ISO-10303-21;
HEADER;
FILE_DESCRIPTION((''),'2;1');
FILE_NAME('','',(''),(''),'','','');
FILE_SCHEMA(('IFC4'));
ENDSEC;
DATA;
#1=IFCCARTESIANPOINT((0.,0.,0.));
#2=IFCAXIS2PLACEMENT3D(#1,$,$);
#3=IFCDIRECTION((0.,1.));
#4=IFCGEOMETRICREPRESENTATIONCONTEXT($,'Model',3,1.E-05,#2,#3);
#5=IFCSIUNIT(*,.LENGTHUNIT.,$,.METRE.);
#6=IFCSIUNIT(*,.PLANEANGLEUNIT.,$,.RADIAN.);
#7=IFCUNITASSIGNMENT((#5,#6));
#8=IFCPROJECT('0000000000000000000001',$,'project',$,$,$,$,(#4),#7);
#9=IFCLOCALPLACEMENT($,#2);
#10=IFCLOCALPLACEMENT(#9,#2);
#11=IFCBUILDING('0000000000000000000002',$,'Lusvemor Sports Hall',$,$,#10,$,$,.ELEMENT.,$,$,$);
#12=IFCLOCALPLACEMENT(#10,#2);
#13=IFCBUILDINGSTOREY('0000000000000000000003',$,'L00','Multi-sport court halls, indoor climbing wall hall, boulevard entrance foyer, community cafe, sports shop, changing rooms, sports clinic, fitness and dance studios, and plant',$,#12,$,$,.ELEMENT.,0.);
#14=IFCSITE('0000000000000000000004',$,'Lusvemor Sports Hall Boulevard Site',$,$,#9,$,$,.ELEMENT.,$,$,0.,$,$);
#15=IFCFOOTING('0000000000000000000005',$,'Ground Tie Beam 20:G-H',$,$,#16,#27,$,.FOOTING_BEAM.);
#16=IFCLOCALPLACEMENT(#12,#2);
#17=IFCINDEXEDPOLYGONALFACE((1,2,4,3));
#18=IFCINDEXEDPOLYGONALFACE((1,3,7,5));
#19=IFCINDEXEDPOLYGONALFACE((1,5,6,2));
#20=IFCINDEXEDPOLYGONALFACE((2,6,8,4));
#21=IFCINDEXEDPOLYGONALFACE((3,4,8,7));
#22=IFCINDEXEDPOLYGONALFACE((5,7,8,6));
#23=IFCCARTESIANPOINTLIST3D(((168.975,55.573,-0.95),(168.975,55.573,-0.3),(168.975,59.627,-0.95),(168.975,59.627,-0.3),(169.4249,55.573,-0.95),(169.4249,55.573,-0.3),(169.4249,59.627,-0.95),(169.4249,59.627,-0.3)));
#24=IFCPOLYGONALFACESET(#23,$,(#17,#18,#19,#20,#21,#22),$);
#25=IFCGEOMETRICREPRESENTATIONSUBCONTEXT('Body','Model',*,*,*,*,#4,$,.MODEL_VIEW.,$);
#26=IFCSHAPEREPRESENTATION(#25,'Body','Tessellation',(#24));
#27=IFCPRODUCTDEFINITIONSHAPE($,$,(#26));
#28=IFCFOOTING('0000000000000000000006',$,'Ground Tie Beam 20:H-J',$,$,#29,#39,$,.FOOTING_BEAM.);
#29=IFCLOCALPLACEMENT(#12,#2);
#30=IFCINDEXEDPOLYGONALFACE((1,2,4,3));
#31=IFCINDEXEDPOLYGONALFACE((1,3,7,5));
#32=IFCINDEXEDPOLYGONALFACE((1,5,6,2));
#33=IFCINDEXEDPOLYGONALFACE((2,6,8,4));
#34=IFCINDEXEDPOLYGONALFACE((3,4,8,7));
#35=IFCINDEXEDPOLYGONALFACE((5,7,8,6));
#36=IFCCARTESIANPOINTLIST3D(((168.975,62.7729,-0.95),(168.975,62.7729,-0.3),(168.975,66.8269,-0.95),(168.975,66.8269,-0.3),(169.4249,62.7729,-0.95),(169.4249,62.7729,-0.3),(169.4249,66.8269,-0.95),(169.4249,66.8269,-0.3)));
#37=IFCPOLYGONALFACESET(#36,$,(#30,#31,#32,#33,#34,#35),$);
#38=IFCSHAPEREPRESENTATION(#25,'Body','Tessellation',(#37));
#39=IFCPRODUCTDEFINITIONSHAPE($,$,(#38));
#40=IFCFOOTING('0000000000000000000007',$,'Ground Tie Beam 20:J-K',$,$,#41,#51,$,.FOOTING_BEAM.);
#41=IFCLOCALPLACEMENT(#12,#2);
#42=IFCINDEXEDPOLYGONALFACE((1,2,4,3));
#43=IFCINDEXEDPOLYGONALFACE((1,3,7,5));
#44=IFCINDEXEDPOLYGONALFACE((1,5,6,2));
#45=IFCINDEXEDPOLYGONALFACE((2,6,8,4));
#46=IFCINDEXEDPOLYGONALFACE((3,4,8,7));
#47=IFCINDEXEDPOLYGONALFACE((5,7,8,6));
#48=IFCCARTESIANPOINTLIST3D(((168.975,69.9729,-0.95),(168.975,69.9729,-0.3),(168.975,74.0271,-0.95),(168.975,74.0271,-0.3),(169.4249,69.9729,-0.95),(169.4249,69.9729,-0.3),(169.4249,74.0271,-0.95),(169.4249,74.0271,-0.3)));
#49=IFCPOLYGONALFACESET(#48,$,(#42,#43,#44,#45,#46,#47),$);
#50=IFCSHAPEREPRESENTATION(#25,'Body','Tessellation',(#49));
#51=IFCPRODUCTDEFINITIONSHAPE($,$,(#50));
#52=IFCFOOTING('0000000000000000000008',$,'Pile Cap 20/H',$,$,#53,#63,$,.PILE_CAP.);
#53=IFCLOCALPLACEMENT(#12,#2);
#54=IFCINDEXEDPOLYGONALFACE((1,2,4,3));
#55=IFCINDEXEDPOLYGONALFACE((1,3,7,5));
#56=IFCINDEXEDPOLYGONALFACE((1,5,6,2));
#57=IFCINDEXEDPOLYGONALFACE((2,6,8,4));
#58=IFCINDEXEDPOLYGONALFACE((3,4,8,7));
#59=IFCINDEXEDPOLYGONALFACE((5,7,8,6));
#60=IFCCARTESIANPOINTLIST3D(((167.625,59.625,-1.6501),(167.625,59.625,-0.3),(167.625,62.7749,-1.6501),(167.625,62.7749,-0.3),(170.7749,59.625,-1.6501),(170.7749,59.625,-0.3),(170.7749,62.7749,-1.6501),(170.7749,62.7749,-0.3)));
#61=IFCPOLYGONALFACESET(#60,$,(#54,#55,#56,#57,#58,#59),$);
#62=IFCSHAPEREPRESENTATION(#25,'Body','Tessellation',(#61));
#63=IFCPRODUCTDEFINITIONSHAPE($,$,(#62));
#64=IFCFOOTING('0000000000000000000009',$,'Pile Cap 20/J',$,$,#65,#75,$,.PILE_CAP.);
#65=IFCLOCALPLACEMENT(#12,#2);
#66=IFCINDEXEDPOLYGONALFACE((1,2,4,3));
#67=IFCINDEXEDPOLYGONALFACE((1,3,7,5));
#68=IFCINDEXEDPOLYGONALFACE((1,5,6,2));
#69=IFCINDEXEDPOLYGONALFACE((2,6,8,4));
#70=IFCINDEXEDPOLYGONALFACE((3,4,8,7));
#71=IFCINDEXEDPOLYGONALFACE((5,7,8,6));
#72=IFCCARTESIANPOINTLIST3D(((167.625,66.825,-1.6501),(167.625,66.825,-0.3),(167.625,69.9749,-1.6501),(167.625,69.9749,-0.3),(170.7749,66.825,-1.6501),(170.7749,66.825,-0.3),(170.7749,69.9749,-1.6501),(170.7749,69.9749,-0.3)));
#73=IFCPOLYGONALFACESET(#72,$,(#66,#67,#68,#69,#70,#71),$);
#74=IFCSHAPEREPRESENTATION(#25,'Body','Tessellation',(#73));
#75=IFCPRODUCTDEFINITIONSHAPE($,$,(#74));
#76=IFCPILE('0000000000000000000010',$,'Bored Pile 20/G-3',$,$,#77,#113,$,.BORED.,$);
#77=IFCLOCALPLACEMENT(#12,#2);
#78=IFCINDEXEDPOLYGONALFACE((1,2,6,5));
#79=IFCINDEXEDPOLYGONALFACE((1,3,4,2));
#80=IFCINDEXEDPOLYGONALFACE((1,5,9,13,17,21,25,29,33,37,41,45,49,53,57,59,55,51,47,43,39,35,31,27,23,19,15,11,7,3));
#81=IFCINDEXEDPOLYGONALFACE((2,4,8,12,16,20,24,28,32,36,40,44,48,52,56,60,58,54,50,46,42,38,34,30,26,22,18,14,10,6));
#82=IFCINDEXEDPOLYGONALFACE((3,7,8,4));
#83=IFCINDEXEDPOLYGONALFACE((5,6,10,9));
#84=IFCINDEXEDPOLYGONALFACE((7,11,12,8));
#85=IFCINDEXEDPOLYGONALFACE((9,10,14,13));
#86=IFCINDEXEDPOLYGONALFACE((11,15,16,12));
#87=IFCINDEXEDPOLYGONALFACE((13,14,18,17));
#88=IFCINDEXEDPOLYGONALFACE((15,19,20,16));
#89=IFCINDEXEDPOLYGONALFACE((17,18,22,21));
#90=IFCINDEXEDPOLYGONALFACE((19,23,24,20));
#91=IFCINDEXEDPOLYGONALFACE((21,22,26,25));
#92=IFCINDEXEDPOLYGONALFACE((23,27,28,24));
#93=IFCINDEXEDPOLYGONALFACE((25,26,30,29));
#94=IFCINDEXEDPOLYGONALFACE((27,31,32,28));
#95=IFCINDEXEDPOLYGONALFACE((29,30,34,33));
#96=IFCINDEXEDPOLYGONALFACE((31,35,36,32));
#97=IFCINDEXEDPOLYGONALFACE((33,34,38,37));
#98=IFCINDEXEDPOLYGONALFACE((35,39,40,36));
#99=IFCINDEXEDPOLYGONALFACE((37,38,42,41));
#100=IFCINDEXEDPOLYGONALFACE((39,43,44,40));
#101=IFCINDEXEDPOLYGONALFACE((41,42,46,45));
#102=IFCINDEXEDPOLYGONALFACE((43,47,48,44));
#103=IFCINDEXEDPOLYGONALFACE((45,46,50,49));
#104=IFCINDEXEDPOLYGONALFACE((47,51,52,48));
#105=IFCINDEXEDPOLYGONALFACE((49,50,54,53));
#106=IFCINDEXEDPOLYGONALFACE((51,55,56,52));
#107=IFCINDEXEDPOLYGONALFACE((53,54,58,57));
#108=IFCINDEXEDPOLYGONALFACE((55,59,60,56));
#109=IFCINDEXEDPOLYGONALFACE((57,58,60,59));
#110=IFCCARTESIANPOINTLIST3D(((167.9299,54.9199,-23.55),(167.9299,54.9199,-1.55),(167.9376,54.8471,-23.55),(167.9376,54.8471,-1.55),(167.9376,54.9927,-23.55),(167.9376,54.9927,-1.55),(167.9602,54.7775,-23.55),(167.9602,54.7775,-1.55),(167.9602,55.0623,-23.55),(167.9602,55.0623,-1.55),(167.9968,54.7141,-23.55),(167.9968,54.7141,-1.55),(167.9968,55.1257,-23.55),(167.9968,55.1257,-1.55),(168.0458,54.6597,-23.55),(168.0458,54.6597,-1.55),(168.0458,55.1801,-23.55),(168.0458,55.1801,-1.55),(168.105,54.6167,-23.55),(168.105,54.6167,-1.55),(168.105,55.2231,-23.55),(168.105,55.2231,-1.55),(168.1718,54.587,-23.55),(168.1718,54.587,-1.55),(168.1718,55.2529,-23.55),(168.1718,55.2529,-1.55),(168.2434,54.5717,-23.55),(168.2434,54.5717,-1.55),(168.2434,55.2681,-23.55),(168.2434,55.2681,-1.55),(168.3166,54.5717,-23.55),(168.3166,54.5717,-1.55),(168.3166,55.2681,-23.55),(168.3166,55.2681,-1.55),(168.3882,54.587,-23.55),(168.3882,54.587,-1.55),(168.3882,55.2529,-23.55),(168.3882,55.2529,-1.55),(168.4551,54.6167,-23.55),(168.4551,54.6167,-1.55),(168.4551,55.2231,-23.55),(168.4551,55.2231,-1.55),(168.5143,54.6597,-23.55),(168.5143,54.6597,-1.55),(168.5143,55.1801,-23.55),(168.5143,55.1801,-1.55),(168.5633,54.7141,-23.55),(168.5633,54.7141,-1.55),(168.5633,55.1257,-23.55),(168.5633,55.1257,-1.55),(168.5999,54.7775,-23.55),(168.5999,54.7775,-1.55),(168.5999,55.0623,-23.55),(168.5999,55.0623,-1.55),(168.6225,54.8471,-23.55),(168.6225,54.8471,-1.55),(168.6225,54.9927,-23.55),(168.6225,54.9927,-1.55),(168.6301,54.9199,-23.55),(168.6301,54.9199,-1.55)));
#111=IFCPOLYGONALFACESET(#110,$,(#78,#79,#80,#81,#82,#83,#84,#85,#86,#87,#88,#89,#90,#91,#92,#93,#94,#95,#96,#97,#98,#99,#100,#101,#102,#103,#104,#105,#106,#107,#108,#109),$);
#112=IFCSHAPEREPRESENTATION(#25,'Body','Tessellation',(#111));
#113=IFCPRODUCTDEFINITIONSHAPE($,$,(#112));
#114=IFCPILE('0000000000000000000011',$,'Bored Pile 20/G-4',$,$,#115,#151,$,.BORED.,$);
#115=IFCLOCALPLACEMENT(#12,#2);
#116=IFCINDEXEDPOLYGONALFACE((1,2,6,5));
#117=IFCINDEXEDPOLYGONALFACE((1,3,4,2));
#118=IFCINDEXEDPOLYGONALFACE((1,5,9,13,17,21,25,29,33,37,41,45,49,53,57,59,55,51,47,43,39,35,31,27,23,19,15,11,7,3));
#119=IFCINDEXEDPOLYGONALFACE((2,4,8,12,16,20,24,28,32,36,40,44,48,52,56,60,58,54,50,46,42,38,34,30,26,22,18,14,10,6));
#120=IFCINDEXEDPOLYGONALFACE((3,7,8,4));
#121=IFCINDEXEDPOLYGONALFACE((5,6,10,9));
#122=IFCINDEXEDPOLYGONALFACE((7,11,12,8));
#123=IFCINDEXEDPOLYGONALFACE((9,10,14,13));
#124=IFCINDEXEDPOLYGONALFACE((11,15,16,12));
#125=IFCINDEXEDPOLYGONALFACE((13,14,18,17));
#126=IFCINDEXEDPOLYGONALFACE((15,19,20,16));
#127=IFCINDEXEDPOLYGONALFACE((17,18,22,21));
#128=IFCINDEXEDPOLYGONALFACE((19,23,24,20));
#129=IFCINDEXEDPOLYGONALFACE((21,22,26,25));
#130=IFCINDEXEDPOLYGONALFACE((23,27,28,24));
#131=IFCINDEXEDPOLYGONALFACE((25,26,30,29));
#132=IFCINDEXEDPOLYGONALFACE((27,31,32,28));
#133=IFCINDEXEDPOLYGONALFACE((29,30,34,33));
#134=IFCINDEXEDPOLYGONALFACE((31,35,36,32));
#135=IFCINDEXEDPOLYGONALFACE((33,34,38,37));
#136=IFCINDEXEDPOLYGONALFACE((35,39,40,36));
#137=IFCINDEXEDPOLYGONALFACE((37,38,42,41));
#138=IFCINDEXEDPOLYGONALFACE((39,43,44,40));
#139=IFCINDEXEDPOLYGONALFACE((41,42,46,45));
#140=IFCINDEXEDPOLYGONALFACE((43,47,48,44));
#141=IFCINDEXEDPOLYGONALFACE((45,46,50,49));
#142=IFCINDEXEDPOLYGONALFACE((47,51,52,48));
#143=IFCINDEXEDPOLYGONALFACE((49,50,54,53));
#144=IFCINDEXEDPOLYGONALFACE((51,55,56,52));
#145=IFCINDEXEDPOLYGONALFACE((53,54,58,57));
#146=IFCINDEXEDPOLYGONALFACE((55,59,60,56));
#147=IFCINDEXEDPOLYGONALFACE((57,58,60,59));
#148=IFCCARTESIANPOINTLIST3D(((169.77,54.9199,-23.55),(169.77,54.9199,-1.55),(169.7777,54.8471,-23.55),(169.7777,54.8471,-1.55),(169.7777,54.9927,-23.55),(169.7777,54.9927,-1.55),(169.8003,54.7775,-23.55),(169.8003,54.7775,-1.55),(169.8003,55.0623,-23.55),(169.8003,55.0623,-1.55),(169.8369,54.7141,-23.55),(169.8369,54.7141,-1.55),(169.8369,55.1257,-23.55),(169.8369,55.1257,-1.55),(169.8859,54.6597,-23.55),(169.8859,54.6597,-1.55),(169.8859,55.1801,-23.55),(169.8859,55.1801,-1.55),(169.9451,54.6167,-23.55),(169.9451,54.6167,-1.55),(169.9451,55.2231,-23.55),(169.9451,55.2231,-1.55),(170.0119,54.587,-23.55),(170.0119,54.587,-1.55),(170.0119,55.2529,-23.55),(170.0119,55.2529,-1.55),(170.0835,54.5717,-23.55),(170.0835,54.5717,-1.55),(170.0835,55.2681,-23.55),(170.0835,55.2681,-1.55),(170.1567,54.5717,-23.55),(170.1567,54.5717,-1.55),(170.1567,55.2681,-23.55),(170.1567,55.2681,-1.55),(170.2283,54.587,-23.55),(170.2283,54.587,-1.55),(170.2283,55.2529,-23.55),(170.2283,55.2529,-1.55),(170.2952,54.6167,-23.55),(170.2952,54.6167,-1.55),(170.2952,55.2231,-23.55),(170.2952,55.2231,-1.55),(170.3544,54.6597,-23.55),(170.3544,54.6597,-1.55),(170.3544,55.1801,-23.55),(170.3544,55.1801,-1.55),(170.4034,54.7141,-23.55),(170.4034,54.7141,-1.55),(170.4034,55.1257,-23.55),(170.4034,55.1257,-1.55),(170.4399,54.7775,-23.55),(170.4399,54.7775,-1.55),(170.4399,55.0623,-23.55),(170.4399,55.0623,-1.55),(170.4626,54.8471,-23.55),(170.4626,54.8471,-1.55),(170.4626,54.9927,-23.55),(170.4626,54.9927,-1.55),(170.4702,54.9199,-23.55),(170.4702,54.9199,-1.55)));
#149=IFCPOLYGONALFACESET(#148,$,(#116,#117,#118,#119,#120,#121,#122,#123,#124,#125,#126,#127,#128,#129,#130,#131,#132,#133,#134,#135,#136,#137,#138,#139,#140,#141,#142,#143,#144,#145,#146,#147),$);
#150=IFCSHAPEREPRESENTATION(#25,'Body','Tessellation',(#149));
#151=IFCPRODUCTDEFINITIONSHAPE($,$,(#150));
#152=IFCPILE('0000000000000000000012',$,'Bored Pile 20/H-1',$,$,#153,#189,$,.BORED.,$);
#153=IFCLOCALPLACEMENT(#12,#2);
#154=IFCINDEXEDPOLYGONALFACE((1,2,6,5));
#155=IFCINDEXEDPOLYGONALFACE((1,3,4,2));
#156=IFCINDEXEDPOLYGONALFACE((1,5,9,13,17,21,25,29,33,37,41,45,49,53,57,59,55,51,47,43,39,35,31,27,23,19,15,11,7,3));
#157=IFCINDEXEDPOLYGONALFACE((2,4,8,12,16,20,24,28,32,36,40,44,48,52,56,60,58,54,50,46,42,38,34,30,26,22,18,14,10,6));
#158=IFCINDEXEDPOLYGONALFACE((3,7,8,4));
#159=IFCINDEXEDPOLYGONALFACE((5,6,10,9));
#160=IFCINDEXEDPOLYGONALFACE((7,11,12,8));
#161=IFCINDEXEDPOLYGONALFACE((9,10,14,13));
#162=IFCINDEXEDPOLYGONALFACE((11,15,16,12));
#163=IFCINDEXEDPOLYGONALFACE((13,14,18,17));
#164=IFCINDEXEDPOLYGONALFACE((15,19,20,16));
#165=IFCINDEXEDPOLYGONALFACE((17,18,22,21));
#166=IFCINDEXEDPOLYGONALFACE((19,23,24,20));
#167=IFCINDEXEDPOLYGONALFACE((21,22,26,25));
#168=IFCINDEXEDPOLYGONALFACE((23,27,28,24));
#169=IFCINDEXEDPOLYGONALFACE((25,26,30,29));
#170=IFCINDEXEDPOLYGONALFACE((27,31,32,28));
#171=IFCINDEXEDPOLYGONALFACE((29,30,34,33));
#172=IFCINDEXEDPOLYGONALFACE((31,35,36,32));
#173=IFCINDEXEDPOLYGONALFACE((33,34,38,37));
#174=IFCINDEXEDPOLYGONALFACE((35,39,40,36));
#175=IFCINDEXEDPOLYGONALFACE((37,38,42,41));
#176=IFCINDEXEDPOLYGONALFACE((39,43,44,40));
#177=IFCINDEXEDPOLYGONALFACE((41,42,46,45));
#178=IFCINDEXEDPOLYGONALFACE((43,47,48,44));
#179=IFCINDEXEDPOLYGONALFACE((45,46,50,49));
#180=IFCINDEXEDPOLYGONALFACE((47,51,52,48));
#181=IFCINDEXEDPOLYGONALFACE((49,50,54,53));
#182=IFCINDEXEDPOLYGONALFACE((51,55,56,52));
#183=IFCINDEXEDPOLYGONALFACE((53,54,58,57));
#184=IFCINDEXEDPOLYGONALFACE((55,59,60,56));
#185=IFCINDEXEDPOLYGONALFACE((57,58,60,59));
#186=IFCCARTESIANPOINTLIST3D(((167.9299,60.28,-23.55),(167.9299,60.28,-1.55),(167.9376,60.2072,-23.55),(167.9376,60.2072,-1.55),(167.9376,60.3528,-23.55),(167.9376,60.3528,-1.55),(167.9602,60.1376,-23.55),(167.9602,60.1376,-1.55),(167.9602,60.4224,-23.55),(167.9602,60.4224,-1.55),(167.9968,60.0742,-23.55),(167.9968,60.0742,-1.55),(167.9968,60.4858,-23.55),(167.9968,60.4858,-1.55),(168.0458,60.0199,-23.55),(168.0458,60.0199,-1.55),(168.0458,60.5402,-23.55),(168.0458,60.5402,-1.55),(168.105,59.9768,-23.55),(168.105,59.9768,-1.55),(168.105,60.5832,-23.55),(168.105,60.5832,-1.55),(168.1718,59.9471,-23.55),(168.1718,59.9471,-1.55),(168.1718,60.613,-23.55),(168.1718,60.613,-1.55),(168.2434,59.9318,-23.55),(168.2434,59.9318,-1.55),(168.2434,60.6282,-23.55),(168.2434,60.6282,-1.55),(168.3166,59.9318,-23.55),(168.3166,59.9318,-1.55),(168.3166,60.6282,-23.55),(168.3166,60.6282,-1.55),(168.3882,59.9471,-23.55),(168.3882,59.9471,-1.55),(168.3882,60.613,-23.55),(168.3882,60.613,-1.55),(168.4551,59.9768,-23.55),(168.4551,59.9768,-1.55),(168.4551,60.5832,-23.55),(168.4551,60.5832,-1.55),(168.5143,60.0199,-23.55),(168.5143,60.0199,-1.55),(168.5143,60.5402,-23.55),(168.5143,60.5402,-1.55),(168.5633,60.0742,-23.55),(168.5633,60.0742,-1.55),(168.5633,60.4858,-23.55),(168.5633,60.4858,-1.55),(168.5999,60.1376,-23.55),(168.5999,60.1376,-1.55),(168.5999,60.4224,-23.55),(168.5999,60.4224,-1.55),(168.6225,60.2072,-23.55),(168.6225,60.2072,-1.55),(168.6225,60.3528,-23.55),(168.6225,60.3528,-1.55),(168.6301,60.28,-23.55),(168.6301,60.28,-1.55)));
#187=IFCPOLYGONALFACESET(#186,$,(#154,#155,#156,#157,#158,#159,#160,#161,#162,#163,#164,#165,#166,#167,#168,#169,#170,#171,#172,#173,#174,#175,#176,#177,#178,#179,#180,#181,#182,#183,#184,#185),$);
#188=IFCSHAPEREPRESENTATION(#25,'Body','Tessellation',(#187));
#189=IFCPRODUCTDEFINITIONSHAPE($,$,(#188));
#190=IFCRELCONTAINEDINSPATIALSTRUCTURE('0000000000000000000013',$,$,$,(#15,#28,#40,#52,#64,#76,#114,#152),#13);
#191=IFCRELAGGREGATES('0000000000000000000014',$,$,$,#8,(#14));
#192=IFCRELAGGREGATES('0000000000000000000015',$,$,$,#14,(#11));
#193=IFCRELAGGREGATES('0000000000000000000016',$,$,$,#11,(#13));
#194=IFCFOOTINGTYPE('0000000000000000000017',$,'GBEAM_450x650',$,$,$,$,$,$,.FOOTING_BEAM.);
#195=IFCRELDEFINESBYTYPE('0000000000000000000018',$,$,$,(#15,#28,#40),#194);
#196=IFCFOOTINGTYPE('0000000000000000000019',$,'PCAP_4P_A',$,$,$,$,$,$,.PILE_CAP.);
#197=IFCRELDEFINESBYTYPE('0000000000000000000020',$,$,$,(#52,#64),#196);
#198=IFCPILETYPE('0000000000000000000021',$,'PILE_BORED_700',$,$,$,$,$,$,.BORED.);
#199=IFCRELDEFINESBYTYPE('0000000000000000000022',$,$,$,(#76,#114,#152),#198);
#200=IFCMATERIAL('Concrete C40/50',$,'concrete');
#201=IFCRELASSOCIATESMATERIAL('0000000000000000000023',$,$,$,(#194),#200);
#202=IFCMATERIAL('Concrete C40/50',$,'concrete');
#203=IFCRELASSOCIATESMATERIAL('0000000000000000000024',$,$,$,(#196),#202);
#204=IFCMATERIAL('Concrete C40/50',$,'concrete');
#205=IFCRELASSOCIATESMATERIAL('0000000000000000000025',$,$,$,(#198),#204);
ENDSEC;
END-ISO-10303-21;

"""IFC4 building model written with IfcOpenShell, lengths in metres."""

from ifc_helpers import new_model, si_unit, direction, frame, origin, origin_2d, place, context, subcontext, project, spatial, rectangle, circle, extrude, material, material_profile, profile_set, type_object, element, save


model = new_model("IFC4")

# Units and contexts
model_context = context("Model", 3, precision=1e-05, world=origin(), true_north=direction((0.0, 1.0)))
body_context = subcontext(model_context, "Body", "Model", "MODEL_VIEW")
ifc_project = project(units=[si_unit("LENGTHUNIT", "METRE"), si_unit("PLANEANGLEUNIT", "RADIAN")], contexts=[model_context])

# Site, building, storey
site_placement = place(None, origin())
site = spatial("IfcSite", under=ifc_project, at=site_placement, Name="Lusvemor Sports Hall Boulevard Site", CompositionType="ELEMENT", RefElevation=0.0)
building_placement = place(site_placement, origin())
building = spatial("IfcBuilding", under=site, at=building_placement, Name="Lusvemor Sports Hall", CompositionType="ELEMENT")
storey_placement = place(building_placement, origin())
storey = spatial("IfcBuildingStorey", under=building, at=storey_placement, Name="L00", Description="Multi-sport court halls, indoor climbing wall hall, boulevard entrance foyer, community cafe, sports shop, changing rooms, sports clinic, fitness and dance studios, and plant", CompositionType="ELEMENT", Elevation=0.0)

# Footings
ifc_material_1 = material(Name="Concrete C40/50", Category="concrete")
ifc_material_profile_1 = material_profile(ifc_material_1, rectangle(XDim=0.45, YDim=0.6499, at=origin_2d()), Name="GB_450x650")
ifc_profile_set_1 = profile_set([ifc_material_profile_1], Name="Concrete C40/50")
footing_type_1 = type_object("IfcFootingType", Name="GBEAM_450x650", PredefinedType="FOOTING_BEAM", material=ifc_profile_set_1)
for number, where, z_axis, x_axis, name in (
    (1, (169.2, 55.573, -0.625), (0.0, 1.0, 0.0), (-1.0, 0.0, 0.0), "Ground Tie Beam 20:G-H"),
    (2, (169.2, 62.7729, -0.625), (0.0, 1.0, 0.0), (-1.0, 0.0, 0.0), "Ground Tie Beam 20:H-J"),
):
    element("IfcFooting", number, at=place(storey_placement, frame(where, z_axis=z_axis, x_axis=x_axis)), inside=storey, type_object=footing_type_1, Name=name, PredefinedType="FOOTING_BEAM", context=body_context, shape_type="SweptSolid", body=[
        extrude(rectangle(XDim=0.45, YDim=0.6499, at=origin_2d()), origin(), (0.0, 0.0, 1.0), 4.054),
    ])
footing_placement = place(storey_placement, frame((169.2, 69.9729, -0.625), z_axis=(0.0, 1.0, 0.0), x_axis=(-1.0, 0.0, 0.0)))
element("IfcFooting", 3, at=footing_placement, inside=storey, type_object=footing_type_1, Name="Ground Tie Beam 20:J-K", PredefinedType="FOOTING_BEAM", context=body_context, shape_type="SweptSolid", body=[
    extrude(rectangle(XDim=0.45, YDim=0.6499, at=origin_2d()), origin(), (0.0, 0.0, 1.0), 4.0542),
])
ifc_material_2 = material(Name="Concrete C40/50", Category="concrete")
footing_type_2 = type_object("IfcFootingType", Name="PCAP_4P_A", PredefinedType="PILE_CAP", material=ifc_material_2)
for number, where, z_axis, x_axis, name in (
    (4, (169.2, 61.2, -1.6501), (0.0, 0.0, 1.0), (1.0, 0.0, 0.0), "Pile Cap 20/H"),
    (5, (169.2, 68.3999, -1.6501), (0.0, 0.0, 1.0), (1.0, 0.0, 0.0), "Pile Cap 20/J"),
):
    element("IfcFooting", number, at=place(storey_placement, frame(where, z_axis=z_axis, x_axis=x_axis)), inside=storey, type_object=footing_type_2, Name=name, PredefinedType="PILE_CAP", context=body_context, shape_type="SweptSolid", body=[
        extrude(rectangle(XDim=3.1499, YDim=3.1499, at=origin_2d()), origin(), (0.0, 0.0, 1.0), 1.3501),
    ])

# Piles
ifc_material_3 = material(Name="Concrete C40/50", Category="concrete")
ifc_material_profile_2 = material_profile(ifc_material_3, circle(Radius=0.3501, at=origin_2d()), Name="PILE700")
ifc_profile_set_2 = profile_set([ifc_material_profile_2], Name="Concrete C40/50")
pile_type = type_object("IfcPileType", Name="PILE_BORED_700", PredefinedType="BORED", material=ifc_profile_set_2)
for number, where, z_axis, x_axis, name in (
    (6, (168.28, 54.9199, -1.55), (0.0, 0.0, -1.0), (1.0, 0.0, 0.0), "Bored Pile 20/G-3"),
    (7, (170.1201, 54.9199, -1.55), (0.0, 0.0, -1.0), (1.0, 0.0, 0.0), "Bored Pile 20/G-4"),
    (8, (168.28, 60.28, -1.55), (0.0, 0.0, -1.0), (1.0, 0.0, 0.0), "Bored Pile 20/H-1"),
):
    element("IfcPile", number, at=place(storey_placement, frame(where, z_axis=z_axis, x_axis=x_axis)), inside=storey, type_object=pile_type, Name=name, PredefinedType="BORED", context=body_context, shape_type="SweptSolid", body=[
        extrude(circle(Radius=0.3501, at=origin_2d()), origin(), (0.0, 0.0, 1.0), 22.0),
    ])

save(model, "model.ifc")
